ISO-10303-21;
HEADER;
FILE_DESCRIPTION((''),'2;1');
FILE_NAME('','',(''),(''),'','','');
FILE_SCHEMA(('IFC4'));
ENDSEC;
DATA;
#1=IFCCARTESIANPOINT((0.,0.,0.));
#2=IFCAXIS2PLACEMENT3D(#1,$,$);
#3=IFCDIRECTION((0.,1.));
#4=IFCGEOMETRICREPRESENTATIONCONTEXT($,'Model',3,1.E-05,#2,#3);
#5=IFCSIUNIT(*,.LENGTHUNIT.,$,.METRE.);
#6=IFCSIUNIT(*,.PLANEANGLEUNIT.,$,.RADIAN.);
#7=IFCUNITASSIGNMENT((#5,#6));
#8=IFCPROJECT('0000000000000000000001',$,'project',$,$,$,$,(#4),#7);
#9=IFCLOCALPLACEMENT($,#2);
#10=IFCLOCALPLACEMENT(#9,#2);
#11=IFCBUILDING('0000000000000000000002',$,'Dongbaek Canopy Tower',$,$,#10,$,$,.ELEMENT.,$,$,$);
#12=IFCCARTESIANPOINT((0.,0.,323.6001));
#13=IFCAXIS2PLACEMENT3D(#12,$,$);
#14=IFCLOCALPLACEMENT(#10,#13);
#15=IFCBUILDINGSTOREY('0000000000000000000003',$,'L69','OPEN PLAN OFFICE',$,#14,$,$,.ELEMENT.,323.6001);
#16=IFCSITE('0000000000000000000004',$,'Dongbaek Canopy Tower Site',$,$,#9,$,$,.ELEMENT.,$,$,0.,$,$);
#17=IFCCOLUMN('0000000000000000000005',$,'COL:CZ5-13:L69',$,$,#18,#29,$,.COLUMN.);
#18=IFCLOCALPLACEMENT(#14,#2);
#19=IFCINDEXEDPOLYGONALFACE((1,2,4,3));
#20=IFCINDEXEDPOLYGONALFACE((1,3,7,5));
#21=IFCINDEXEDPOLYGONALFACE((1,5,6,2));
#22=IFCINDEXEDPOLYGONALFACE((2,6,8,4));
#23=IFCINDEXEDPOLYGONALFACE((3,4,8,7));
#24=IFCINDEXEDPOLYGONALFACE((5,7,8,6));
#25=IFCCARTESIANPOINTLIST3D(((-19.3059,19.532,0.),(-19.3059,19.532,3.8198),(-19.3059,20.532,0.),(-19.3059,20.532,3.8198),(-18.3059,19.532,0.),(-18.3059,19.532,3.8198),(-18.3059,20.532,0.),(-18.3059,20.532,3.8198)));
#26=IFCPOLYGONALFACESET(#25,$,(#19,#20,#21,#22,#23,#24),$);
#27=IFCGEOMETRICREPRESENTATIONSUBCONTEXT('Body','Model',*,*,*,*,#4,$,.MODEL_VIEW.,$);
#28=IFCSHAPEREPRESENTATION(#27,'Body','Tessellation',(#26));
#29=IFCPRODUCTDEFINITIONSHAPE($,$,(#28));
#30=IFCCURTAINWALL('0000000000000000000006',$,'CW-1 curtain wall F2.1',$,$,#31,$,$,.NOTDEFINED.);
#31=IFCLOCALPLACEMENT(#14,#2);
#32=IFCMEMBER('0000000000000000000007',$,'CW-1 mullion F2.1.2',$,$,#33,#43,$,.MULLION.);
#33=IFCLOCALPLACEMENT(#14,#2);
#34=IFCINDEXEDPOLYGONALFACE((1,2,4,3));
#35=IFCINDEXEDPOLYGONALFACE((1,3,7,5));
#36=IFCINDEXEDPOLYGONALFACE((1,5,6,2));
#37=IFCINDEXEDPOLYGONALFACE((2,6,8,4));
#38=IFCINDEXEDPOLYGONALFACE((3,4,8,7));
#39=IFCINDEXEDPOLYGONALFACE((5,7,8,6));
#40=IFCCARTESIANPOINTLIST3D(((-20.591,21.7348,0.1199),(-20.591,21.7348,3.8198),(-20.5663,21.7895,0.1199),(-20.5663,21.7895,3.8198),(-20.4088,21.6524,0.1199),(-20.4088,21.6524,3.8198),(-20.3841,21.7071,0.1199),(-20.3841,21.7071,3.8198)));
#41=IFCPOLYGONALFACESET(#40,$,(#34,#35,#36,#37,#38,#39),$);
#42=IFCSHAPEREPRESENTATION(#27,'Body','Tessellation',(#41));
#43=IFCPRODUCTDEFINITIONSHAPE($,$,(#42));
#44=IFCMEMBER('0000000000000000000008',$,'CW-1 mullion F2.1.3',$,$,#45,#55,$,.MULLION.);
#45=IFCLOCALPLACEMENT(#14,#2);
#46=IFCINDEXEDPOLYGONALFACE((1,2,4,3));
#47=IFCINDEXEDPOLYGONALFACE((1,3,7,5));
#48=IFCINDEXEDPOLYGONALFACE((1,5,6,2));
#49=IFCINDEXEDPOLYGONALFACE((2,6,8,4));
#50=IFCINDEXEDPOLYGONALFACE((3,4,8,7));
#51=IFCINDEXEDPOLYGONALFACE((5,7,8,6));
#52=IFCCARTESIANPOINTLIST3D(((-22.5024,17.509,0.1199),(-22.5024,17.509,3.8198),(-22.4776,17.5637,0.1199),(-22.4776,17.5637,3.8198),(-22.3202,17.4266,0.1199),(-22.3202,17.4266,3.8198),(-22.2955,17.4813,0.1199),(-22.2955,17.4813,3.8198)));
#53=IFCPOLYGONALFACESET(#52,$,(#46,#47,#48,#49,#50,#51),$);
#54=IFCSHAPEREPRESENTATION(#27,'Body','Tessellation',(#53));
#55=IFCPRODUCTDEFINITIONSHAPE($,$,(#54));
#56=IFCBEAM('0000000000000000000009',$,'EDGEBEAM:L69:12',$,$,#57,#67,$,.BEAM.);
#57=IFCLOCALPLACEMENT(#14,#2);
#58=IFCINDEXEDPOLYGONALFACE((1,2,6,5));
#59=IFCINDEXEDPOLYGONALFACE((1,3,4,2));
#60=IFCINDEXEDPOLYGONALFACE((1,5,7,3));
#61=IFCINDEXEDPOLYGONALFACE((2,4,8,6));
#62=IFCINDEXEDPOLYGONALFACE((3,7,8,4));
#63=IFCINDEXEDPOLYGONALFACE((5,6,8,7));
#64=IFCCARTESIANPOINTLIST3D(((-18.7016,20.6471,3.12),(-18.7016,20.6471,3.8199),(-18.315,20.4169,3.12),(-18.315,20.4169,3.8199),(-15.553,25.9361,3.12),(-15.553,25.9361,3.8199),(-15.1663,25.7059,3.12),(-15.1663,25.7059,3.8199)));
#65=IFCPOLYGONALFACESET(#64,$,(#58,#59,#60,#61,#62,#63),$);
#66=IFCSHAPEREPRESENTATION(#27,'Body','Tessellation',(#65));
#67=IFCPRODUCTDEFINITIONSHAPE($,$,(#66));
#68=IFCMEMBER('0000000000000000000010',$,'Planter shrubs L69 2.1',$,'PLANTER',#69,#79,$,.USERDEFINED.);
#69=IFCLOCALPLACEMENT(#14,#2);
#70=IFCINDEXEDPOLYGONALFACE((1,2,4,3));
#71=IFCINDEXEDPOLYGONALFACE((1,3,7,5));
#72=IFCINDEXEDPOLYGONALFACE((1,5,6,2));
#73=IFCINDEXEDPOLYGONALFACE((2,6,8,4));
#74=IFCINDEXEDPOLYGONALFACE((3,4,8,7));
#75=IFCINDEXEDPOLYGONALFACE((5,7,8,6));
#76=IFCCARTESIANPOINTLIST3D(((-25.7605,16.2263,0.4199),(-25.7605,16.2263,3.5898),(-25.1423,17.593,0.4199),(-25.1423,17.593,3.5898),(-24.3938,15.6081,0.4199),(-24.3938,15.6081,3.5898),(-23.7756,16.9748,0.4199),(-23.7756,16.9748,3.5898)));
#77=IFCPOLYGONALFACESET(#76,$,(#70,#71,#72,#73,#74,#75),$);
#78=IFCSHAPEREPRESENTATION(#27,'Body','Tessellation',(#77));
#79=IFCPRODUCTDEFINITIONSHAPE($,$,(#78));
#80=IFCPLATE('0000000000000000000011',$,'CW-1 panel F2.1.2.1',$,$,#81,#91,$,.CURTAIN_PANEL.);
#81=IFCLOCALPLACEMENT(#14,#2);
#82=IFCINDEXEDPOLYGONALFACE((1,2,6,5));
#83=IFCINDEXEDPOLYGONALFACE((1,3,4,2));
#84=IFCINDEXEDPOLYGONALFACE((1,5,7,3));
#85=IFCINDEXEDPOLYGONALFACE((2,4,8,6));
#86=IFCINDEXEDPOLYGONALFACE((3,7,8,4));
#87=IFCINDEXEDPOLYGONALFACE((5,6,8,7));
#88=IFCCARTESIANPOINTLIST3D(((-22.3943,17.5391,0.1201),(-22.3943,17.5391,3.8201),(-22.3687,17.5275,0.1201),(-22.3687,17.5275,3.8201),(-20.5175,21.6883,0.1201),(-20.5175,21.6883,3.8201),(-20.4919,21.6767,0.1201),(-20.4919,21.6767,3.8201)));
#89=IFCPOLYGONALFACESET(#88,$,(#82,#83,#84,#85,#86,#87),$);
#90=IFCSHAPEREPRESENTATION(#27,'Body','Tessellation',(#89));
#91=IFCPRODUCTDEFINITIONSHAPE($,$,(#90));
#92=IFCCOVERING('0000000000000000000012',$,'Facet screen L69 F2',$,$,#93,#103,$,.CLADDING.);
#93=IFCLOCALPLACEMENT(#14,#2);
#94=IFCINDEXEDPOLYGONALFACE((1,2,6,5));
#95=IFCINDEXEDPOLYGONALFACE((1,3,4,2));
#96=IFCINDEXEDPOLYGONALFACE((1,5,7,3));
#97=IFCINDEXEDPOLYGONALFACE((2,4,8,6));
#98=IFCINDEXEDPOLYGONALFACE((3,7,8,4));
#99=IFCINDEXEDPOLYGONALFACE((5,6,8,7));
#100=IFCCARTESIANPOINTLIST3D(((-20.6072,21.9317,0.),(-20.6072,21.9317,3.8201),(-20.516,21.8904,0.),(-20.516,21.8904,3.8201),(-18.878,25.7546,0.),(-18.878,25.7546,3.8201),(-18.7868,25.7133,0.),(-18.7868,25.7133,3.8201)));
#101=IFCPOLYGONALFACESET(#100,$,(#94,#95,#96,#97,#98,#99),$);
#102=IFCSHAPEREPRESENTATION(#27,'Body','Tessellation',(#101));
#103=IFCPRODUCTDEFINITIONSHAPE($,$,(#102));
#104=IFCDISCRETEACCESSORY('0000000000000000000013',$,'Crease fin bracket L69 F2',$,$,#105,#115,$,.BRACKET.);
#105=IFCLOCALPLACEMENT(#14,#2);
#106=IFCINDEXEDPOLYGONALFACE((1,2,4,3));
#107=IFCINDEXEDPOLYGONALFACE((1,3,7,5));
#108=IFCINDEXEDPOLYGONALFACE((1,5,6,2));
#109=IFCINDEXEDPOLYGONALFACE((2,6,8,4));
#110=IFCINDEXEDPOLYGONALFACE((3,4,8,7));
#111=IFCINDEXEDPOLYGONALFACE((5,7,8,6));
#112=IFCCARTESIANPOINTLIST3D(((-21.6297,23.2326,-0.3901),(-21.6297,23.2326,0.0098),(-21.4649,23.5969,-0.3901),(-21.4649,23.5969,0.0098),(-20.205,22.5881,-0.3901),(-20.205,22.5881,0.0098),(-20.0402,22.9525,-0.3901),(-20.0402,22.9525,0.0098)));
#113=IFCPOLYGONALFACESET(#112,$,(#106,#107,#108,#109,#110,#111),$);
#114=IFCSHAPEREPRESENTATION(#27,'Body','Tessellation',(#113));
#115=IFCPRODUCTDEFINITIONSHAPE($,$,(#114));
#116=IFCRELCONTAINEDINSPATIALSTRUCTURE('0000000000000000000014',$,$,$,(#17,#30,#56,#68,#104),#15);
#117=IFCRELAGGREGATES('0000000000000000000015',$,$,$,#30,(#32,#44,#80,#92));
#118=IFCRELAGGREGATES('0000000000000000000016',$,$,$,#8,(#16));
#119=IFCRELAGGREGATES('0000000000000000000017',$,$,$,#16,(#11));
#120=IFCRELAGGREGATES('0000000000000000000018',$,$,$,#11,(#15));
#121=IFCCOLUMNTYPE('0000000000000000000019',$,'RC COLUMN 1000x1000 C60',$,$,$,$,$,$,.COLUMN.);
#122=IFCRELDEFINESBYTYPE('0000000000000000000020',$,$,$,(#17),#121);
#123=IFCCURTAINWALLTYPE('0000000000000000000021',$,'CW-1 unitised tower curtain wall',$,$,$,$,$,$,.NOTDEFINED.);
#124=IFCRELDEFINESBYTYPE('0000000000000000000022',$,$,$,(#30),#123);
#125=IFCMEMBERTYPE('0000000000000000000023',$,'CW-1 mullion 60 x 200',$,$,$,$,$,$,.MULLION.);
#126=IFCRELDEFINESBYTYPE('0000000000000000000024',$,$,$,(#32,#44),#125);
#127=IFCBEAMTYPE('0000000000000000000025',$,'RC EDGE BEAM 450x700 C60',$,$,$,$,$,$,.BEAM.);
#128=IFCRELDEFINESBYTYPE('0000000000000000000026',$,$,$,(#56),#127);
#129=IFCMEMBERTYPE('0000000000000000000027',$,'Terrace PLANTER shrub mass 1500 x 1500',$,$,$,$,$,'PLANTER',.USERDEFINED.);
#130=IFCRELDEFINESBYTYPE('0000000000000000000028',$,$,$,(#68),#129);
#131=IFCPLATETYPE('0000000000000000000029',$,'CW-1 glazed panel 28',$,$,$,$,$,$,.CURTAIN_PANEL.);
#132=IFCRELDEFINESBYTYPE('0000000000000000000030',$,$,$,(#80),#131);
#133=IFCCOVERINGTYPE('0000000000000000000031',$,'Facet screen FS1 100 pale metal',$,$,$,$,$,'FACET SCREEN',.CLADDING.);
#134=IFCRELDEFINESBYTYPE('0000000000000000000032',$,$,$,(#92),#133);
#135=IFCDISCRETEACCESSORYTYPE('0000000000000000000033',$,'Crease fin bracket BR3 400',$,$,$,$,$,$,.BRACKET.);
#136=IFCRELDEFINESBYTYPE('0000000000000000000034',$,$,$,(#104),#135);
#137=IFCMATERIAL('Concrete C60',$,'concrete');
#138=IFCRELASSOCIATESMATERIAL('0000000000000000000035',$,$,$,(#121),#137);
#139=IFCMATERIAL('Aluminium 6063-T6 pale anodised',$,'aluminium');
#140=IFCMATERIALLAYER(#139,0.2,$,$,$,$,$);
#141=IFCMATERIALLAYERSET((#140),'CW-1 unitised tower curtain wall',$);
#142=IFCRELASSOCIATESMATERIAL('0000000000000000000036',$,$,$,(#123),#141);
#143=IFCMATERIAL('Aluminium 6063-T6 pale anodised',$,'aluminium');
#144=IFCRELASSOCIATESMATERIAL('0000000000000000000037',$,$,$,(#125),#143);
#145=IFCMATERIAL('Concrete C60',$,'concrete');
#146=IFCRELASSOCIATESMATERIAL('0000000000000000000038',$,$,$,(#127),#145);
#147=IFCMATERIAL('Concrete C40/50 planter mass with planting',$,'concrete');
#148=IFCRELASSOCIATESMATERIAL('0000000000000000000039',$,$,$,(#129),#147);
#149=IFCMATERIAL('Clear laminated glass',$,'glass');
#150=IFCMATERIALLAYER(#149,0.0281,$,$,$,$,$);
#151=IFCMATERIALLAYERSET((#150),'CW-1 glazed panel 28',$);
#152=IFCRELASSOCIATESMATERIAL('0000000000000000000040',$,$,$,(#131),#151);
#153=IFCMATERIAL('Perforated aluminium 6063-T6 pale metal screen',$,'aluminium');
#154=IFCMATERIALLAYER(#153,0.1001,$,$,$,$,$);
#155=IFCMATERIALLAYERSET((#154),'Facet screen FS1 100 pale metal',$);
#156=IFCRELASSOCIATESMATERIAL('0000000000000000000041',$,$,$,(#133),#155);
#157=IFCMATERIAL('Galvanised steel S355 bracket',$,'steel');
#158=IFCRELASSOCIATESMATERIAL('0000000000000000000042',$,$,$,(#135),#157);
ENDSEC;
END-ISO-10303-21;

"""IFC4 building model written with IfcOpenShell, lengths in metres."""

from ifc_helpers import new_model, si_unit, direction, frame, origin, origin_2d, place, context, subcontext, project, spatial, rectangle, extrude, material, layer, layer_set, material_profile, profile_set, type_object, element, aggregate, save


model = new_model("IFC4")

# Units and contexts
model_context = context("Model", 3, precision=1e-05, world=origin(), true_north=direction((0.0, 1.0)))
body_context = subcontext(model_context, "Body", "Model", "MODEL_VIEW")
ifc_project = project(units=[si_unit("LENGTHUNIT", "METRE"), si_unit("PLANEANGLEUNIT", "RADIAN")], contexts=[model_context])

# Site, building, storey
site_placement = place(None, origin())
site = spatial("IfcSite", under=ifc_project, at=site_placement, Name="Dongbaek Canopy Tower Site", CompositionType="ELEMENT", RefElevation=0.0)
building_placement = place(site_placement, origin())
building = spatial("IfcBuilding", under=site, at=building_placement, Name="Dongbaek Canopy Tower", CompositionType="ELEMENT")
storey_placement = place(building_placement, frame((0.0, 0.0, 323.6001)))
storey = spatial("IfcBuildingStorey", under=building, at=storey_placement, Name="L69", Description="OPEN PLAN OFFICE", CompositionType="ELEMENT", Elevation=323.6001)

# Column
ifc_material_1 = material(Name="Concrete C60", Category="concrete")
ifc_material_profile_1 = material_profile(ifc_material_1, rectangle(XDim=1.0, YDim=1.0, at=origin_2d()), Name="RC COLUMN 1000x1000 C60")
ifc_profile_set_1 = profile_set([ifc_material_profile_1], Name="Concrete C60")
column_type = type_object("IfcColumnType", Name="RC COLUMN 1000x1000 C60", PredefinedType="COLUMN", material=ifc_profile_set_1)
column_placement = place(storey_placement, frame((-18.8059, 20.032, 0.0), z_axis=(0.0, 0.0, 1.0), x_axis=(1.0, 0.0, 0.0)))
element("IfcColumn", 1, at=column_placement, inside=storey, type_object=column_type, Name="COL:CZ5-13:L69", PredefinedType="COLUMN", context=body_context, shape_type="SweptSolid", body=[
    extrude(rectangle(XDim=1.0, YDim=1.0, at=origin_2d()), origin(), (0.0, 0.0, 1.0), 3.8198),
])

# Curtain wall, members
ifc_material_2 = material(Name="Aluminium 6063-T6 pale anodised", Category="aluminium")
ifc_layer_1 = layer(ifc_material_2, 0.2)
ifc_layer_set_1 = layer_set([ifc_layer_1], Name="CW-1 unitised tower curtain wall")
curtain_wall_type = type_object("IfcCurtainWallType", Name="CW-1 unitised tower curtain wall", PredefinedType="NOTDEFINED", material=ifc_layer_set_1)
curtain_wall_placement = place(storey_placement, origin())
curtain_wall = element("IfcCurtainWall", 2, at=curtain_wall_placement, inside=storey, type_object=curtain_wall_type, Name="CW-1 curtain wall F2.1", PredefinedType="NOTDEFINED")
ifc_material_3 = material(Name="Aluminium 6063-T6 pale anodised", Category="aluminium")
ifc_material_profile_2 = material_profile(ifc_material_3, rectangle(XDim=0.2, YDim=0.0601, at=origin_2d()), Name="CW-1 mullion 60 x 200")
ifc_profile_set_2 = profile_set([ifc_material_profile_2], Name="Aluminium 6063-T6 pale anodised")
member_type_1 = type_object("IfcMemberType", Name="CW-1 mullion 60 x 200", PredefinedType="MULLION", material=ifc_profile_set_2)
member_1_placement = place(storey_placement, frame((-20.4875, 21.7209, 0.1199), z_axis=(0.0, 0.0, 1.0), x_axis=(-0.911129, 0.412122, 0.0)))
member_1 = element("IfcMember", 3, at=member_1_placement, type_object=member_type_1, Name="CW-1 mullion F2.1.2", PredefinedType="MULLION", context=body_context, shape_type="SweptSolid", body=[
    extrude(rectangle(XDim=0.2, YDim=0.0601, at=origin_2d()), origin(), (0.0, 0.0, 1.0), 3.7),
])
member_2_placement = place(storey_placement, frame((-22.3989, 17.4951, 0.1199), z_axis=(0.0, 0.0, 1.0), x_axis=(-0.911129, 0.412122, 0.0)))
member_2 = element("IfcMember", 4, at=member_2_placement, type_object=member_type_1, Name="CW-1 mullion F2.1.3", PredefinedType="MULLION", context=body_context, shape_type="SweptSolid", body=[
    extrude(rectangle(XDim=0.2, YDim=0.0601, at=origin_2d()), origin(), (0.0, 0.0, 1.0), 3.7),
])

# Beam
ifc_material_4 = material(Name="Concrete C60", Category="concrete")
ifc_material_profile_3 = material_profile(ifc_material_4, rectangle(XDim=0.45, YDim=0.7, at=origin_2d()), Name="RC EDGE BEAM 450x700 C60")
ifc_profile_set_3 = profile_set([ifc_material_profile_3], Name="Concrete C60")
beam_type = type_object("IfcBeamType", Name="RC EDGE BEAM 450x700 C60", PredefinedType="BEAM", material=ifc_profile_set_3)
beam_placement = place(storey_placement, frame((-18.5083, 20.532, 3.47), z_axis=(0.511535, 0.859262, 0.0), x_axis=(-0.859262, 0.511535, 0.0)))
element("IfcBeam", 5, at=beam_placement, inside=storey, type_object=beam_type, Name="EDGEBEAM:L69:12", PredefinedType="BEAM", context=body_context, shape_type="SweptSolid", body=[
    extrude(rectangle(XDim=0.45, YDim=0.7, at=origin_2d()), origin(), (0.0, 0.0, 1.0), 6.1553),
])

# Member
ifc_material_5 = material(Name="Concrete C40/50 planter mass with planting", Category="concrete")
ifc_material_profile_4 = material_profile(ifc_material_5, rectangle(XDim=1.5, YDim=1.5, at=origin_2d()), Name="Terrace PLANTER shrub mass 1500 x 1500")
ifc_profile_set_4 = profile_set([ifc_material_profile_4], Name="Concrete C40/50 planter mass with planting")
member_type_2 = type_object("IfcMemberType", Name="Terrace PLANTER shrub mass 1500 x 1500", ElementType="PLANTER", PredefinedType="USERDEFINED", material=ifc_profile_set_4)
member_3_placement = place(storey_placement, frame((-24.7681, 16.6006, 0.4199), z_axis=(0.0, 0.0, 1.0), x_axis=(-0.911129, 0.412122, 0.0)))
element("IfcMember", 6, at=member_3_placement, inside=storey, type_object=member_type_2, Name="Planter shrubs L69 2.1", ObjectType="PLANTER", PredefinedType="USERDEFINED", context=body_context, shape_type="SweptSolid", body=[
    extrude(rectangle(XDim=1.5, YDim=1.5, at=origin_2d()), origin(), (0.0, 0.0, 1.0), 3.1699),
])

# Plate
ifc_material_6 = material(Name="Clear laminated glass", Category="glass")
ifc_layer_2 = layer(ifc_material_6, 0.0281)
ifc_layer_set_2 = layer_set([ifc_layer_2], Name="CW-1 glazed panel 28")
plate_type = type_object("IfcPlateType", Name="CW-1 glazed panel 28", PredefinedType="CURTAIN_PANEL", material=ifc_layer_set_2)
plate_placement = place(storey_placement, frame((-21.4431, 19.6079, 0.1201), z_axis=(0.0, 0.0, 1.0), x_axis=(-0.412122, -0.911129, 0.0)))
plate = element("IfcPlate", 7, at=plate_placement, type_object=plate_type, Name="CW-1 panel F2.1.2.1", PredefinedType="CURTAIN_PANEL", context=body_context, shape_type="SweptSolid", body=[
    extrude(rectangle(XDim=4.554, YDim=0.0281, at=origin_2d()), origin(), (0.0, 0.0, 1.0), 3.7),
])

# Covering
ifc_material_7 = material(Name="Perforated aluminium 6063-T6 pale metal screen", Category="aluminium")
ifc_layer_3 = layer(ifc_material_7, 0.1001)
ifc_layer_set_3 = layer_set([ifc_layer_3], Name="Facet screen FS1 100 pale metal")
covering_type = type_object("IfcCoveringType", Name="Facet screen FS1 100 pale metal", ElementType="FACET SCREEN", PredefinedType="CLADDING", material=ifc_layer_set_3)
covering_placement = place(storey_placement, frame((-19.697, 23.8225, 0.0), z_axis=(0.0, 0.0, 1.0), x_axis=(-0.412122, -0.911129, 0.0)))
covering = element("IfcCovering", 8, at=covering_placement, type_object=covering_type, Name="Facet screen L69 F2", PredefinedType="CLADDING", context=body_context, shape_type="SweptSolid", body=[
    extrude(rectangle(XDim=4.1958, YDim=0.1001, at=origin_2d()), origin(), (0.0, 0.0, 1.0), 3.8201),
])
aggregate(curtain_wall, [member_1, member_2, plate, covering])

# Discrete accessory
ifc_material_8 = material(Name="Galvanised steel S355 bracket", Category="steel")
discrete_accessory_type = type_object("IfcDiscreteAccessoryType", Name="Crease fin bracket BR3 400", PredefinedType="BRACKET", material=ifc_material_8)
discrete_accessory_placement = place(storey_placement, frame((-20.835, 23.0925, -0.3901), z_axis=(0.0, 0.0, 1.0), x_axis=(-0.911129, 0.412122, 0.0)))
element("IfcDiscreteAccessory", 9, at=discrete_accessory_placement, inside=storey, type_object=discrete_accessory_type, Name="Crease fin bracket L69 F2", PredefinedType="BRACKET", context=body_context, shape_type="SweptSolid", body=[
    extrude(rectangle(XDim=1.5637, YDim=0.3999, at=origin_2d()), origin(), (0.0, 0.0, 1.0), 0.3999),
])

save(model, "model.ifc")
